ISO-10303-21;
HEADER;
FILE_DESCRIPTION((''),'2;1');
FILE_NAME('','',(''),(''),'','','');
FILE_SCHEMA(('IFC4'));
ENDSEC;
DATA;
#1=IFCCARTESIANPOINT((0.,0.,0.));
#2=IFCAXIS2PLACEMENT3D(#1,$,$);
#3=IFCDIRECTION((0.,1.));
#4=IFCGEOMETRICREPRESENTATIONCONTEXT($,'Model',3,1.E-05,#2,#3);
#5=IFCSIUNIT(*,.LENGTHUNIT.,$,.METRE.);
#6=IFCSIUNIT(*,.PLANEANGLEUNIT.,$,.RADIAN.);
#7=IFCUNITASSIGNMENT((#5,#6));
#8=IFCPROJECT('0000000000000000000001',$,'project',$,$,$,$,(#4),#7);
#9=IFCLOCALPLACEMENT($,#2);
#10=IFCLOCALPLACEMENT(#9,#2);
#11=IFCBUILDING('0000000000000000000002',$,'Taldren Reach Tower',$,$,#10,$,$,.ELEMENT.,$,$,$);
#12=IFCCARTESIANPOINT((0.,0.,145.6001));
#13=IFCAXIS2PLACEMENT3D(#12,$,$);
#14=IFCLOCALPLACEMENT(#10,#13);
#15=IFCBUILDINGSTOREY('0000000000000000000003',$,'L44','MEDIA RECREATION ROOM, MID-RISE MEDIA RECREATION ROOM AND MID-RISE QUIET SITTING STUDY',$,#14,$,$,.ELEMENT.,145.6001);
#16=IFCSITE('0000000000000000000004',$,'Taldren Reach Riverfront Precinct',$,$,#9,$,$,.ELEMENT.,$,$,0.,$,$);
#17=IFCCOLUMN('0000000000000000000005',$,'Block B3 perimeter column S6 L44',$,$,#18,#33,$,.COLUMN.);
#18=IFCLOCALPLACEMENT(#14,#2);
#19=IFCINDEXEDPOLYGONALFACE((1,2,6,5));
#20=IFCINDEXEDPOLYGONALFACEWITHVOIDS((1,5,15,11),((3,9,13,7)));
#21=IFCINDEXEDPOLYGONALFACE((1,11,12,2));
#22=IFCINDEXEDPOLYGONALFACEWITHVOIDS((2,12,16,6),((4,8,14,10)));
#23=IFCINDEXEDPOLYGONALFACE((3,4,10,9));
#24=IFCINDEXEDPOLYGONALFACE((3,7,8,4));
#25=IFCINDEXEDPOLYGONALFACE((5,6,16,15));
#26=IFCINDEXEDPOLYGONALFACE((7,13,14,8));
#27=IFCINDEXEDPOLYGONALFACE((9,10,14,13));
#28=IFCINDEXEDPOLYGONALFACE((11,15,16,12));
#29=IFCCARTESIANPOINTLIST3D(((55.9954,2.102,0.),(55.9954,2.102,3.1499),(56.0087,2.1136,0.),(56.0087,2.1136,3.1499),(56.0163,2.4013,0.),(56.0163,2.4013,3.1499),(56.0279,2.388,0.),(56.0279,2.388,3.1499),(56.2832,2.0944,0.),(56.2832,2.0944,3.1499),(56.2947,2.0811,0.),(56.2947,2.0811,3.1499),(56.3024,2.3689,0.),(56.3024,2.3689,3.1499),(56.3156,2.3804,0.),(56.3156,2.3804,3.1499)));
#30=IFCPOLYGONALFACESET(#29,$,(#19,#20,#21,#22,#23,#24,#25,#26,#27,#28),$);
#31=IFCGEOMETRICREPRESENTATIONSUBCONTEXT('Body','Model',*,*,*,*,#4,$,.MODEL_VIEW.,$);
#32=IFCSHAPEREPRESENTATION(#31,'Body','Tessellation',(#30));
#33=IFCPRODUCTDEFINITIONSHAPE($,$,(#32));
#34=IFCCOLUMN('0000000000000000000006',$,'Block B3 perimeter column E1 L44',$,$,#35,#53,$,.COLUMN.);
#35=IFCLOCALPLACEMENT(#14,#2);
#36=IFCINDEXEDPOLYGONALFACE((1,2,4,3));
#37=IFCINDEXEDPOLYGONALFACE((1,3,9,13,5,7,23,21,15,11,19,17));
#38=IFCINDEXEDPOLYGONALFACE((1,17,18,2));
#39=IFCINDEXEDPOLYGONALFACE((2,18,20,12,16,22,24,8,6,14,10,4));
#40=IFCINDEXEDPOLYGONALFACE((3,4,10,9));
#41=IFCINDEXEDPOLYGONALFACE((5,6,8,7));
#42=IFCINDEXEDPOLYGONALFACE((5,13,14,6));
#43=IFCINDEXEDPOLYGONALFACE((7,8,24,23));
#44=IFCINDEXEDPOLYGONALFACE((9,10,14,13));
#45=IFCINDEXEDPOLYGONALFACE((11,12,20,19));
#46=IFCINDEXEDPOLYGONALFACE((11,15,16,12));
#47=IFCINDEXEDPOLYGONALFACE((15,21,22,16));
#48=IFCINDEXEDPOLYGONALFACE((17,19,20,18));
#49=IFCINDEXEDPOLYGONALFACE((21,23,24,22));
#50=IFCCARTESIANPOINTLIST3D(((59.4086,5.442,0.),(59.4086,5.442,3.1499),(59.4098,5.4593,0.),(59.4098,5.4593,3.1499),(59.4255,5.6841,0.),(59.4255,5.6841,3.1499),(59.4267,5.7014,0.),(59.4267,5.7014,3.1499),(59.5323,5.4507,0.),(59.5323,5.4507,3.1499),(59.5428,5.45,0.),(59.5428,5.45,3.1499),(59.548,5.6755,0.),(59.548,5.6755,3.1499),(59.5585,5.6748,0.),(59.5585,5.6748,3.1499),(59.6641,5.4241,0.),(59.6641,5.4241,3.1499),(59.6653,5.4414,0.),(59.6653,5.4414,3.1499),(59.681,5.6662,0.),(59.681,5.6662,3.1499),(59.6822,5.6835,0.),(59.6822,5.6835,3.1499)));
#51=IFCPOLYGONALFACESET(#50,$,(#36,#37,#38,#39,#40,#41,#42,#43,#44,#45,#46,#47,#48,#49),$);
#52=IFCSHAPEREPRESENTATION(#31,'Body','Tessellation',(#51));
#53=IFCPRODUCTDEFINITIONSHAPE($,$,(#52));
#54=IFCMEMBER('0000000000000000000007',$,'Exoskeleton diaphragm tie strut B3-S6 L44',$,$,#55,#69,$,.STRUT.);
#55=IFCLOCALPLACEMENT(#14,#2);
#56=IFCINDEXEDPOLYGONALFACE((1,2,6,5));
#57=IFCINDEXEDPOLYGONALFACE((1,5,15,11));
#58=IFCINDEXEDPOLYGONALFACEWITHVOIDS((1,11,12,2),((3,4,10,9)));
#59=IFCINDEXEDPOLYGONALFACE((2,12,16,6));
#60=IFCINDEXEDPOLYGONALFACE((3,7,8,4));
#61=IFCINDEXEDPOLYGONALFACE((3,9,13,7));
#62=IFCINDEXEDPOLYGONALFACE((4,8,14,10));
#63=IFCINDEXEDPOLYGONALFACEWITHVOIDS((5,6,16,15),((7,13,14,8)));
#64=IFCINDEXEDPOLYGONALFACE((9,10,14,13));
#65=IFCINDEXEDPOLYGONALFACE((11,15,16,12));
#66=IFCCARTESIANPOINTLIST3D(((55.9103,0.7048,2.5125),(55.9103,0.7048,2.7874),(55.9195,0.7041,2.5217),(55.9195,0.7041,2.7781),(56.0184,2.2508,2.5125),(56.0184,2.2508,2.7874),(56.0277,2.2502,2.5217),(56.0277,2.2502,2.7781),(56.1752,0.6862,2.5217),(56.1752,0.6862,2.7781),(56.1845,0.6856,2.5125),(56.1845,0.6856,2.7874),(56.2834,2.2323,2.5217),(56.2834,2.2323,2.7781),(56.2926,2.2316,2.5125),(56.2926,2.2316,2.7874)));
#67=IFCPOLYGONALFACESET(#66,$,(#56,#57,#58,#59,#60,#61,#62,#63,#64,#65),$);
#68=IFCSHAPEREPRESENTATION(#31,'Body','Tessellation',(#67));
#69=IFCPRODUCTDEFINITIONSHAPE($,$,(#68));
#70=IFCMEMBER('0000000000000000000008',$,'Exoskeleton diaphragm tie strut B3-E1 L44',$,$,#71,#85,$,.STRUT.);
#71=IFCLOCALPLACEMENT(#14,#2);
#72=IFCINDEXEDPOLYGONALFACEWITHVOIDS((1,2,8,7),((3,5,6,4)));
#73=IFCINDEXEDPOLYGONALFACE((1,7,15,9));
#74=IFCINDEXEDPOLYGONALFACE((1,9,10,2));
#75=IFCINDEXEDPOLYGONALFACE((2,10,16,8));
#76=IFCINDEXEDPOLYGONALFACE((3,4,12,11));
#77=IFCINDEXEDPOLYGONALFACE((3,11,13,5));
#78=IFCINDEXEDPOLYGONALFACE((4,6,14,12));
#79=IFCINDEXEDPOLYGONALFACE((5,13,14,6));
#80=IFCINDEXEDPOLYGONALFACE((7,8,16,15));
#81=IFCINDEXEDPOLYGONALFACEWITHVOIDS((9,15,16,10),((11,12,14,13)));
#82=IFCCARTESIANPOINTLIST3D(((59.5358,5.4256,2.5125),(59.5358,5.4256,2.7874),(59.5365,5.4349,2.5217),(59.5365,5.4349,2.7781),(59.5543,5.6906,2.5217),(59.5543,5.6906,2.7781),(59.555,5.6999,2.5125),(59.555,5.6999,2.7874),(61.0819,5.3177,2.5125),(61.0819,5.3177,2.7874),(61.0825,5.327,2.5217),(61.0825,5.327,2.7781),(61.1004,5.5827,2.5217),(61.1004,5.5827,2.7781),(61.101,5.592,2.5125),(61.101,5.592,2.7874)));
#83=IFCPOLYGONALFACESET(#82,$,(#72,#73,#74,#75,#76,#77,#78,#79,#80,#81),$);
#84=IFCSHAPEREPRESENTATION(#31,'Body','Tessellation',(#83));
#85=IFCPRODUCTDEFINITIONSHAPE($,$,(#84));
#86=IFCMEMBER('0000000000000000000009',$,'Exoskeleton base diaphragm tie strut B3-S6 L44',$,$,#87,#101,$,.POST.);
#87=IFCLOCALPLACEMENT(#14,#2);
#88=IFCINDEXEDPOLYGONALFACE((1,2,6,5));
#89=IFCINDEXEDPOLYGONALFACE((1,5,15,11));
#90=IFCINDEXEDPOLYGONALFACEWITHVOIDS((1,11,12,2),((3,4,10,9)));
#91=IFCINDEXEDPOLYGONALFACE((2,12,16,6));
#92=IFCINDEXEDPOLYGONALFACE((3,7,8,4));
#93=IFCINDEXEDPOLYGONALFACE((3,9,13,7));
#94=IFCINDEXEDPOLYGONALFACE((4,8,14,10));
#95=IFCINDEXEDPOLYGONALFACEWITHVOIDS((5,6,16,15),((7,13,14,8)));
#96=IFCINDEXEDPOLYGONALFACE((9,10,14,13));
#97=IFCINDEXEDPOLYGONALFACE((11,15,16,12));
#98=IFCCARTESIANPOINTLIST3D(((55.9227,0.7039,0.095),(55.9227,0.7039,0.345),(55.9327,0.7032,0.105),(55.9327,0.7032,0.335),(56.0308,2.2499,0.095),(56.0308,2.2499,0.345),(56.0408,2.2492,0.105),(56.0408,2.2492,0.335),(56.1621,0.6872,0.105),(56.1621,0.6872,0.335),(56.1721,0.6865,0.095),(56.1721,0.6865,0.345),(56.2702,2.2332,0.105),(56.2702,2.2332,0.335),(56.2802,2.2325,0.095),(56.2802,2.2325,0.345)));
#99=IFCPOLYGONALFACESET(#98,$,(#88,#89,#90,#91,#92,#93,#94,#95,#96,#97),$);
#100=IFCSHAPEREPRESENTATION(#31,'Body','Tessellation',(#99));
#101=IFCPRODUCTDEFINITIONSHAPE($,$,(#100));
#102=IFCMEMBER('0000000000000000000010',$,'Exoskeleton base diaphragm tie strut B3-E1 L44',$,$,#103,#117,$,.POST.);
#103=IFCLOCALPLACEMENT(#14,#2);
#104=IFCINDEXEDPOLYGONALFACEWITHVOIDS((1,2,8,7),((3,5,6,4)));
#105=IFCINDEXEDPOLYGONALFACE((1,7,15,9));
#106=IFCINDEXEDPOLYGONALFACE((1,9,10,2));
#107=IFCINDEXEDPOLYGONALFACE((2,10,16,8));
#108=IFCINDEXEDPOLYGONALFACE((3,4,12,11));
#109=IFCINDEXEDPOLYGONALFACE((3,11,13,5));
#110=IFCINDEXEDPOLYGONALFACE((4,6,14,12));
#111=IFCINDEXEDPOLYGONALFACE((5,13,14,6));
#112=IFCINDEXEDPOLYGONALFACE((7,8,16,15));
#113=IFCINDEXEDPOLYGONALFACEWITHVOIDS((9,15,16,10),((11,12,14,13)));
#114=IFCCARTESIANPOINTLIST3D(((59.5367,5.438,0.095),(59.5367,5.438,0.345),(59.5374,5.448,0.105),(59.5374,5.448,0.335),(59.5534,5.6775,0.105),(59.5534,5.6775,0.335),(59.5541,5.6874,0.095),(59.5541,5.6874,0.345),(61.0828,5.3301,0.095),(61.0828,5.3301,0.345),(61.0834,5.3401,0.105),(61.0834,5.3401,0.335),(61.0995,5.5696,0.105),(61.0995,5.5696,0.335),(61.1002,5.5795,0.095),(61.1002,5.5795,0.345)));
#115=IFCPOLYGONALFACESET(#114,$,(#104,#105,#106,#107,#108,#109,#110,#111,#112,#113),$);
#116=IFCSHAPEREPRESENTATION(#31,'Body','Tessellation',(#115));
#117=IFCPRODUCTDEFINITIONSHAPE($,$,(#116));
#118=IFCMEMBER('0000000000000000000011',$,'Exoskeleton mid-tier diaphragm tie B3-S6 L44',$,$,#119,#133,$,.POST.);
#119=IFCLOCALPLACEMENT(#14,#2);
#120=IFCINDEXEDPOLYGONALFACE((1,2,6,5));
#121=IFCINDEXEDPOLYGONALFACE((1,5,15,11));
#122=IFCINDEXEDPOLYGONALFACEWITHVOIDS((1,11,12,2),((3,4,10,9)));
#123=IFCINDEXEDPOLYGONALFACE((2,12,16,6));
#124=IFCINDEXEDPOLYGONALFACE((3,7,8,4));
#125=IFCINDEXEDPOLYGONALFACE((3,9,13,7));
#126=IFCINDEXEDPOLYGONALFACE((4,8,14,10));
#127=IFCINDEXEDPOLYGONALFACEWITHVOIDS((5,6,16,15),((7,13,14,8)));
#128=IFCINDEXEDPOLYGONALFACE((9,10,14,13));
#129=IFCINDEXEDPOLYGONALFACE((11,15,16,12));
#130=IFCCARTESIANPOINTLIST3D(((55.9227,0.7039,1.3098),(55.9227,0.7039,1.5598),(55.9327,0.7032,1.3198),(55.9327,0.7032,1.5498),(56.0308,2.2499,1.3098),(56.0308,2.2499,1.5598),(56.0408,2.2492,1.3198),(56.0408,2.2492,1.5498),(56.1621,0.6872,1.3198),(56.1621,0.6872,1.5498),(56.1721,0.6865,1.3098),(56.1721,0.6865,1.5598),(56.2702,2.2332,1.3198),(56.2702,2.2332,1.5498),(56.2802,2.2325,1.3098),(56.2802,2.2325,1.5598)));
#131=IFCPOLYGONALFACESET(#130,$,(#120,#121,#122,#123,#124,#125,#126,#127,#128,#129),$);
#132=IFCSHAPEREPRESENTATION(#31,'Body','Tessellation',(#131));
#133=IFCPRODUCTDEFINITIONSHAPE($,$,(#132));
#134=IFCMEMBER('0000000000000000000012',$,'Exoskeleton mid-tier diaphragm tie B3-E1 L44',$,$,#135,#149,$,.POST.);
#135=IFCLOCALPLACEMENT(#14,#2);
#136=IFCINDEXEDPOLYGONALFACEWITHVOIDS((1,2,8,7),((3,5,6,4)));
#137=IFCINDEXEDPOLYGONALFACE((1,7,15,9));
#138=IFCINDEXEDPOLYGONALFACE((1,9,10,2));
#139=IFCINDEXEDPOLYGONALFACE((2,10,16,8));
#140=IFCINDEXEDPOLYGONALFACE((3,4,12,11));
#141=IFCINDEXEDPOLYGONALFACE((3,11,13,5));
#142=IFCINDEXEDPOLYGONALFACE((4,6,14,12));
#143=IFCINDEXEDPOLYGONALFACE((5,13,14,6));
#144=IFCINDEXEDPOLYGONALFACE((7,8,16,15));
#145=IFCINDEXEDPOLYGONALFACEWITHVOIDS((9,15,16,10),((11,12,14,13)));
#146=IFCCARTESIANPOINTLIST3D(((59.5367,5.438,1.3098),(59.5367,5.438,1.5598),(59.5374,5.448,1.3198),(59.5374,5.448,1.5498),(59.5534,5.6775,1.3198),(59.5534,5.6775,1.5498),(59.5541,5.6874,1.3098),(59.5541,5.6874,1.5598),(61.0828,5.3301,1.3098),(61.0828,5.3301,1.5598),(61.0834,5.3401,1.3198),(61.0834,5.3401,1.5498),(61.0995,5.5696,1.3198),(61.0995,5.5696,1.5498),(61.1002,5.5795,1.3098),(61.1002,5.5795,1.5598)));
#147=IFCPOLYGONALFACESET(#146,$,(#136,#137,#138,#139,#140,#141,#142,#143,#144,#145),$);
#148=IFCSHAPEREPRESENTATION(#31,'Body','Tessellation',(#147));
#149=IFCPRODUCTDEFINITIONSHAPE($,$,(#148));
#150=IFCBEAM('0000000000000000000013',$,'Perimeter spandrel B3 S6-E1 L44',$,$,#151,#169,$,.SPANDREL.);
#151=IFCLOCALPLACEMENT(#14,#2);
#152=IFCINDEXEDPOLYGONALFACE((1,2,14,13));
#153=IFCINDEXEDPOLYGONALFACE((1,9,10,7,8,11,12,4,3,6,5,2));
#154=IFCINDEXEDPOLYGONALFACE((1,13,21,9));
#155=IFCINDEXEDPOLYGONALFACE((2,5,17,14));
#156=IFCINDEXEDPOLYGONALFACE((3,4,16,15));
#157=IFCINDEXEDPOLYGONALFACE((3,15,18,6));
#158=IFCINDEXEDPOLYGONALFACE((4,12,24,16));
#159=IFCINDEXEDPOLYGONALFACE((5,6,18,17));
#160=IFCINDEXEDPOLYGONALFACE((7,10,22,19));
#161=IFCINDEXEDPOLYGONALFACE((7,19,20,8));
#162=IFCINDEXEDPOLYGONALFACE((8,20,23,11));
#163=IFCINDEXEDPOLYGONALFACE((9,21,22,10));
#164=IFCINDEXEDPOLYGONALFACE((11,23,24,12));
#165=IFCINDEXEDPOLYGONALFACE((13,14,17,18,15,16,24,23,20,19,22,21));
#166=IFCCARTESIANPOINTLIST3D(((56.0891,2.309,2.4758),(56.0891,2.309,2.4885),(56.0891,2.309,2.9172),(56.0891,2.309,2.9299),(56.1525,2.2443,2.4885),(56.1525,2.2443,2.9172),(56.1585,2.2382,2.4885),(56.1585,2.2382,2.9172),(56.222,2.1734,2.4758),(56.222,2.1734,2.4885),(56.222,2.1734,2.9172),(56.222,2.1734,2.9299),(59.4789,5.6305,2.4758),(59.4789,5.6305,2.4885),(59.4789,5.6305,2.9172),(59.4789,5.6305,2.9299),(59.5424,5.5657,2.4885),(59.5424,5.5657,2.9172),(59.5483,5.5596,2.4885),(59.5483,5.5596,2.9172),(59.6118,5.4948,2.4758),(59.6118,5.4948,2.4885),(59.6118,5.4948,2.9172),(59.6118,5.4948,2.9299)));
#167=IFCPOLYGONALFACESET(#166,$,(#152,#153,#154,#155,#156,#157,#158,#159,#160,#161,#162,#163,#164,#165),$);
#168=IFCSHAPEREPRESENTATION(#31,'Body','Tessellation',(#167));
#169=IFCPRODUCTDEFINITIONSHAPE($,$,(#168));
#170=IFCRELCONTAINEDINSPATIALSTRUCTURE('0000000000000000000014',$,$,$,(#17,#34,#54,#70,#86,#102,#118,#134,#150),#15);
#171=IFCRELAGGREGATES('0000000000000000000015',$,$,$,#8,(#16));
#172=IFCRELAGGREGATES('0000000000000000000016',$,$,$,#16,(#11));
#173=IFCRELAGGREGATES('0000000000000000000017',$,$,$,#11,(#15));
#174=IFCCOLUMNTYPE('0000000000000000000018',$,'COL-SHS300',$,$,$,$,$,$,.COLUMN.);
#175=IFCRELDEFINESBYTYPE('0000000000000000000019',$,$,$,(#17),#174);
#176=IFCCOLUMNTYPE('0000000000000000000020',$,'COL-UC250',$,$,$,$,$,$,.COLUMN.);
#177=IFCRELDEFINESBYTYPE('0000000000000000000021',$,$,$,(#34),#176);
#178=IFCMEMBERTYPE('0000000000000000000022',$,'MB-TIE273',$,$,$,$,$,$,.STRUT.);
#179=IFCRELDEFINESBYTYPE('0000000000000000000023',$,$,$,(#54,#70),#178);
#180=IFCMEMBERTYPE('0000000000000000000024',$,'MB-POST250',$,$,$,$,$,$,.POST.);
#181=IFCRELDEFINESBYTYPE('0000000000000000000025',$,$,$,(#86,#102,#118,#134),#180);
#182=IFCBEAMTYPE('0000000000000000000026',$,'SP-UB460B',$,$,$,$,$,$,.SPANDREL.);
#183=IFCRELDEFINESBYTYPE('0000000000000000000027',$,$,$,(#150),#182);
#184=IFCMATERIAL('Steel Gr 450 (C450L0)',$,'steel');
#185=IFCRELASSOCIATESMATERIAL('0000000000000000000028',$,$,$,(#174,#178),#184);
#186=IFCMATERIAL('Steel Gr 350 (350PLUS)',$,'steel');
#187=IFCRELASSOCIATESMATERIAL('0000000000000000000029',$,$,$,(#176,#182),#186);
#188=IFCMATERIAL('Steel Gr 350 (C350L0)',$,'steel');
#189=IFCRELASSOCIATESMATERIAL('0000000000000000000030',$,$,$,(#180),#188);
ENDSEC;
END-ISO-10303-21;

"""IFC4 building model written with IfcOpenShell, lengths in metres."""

from ifc_helpers import new_model, si_unit, direction, frame, origin, origin_2d, place, context, subcontext, project, spatial, hollow_rectangle, i_section, extrude, source, transform, mapped, material, material_profile, profile_set, type_object, element, save


model = new_model("IFC4")

# Units and contexts
model_context = context("Model", 3, precision=1e-05, world=origin(), true_north=direction((0.0, 1.0)))
body_context = subcontext(model_context, "Body", "Model", "MODEL_VIEW")
ifc_project = project(units=[si_unit("LENGTHUNIT", "METRE"), si_unit("PLANEANGLEUNIT", "RADIAN")], contexts=[model_context])

# Site, building, storey
site_placement = place(None, origin())
site = spatial("IfcSite", under=ifc_project, at=site_placement, Name="Taldren Reach Riverfront Precinct", CompositionType="ELEMENT", RefElevation=0.0)
building_placement = place(site_placement, origin())
building = spatial("IfcBuilding", under=site, at=building_placement, Name="Taldren Reach Tower", CompositionType="ELEMENT")
storey_placement = place(building_placement, frame((0.0, 0.0, 145.6001)))
storey = spatial("IfcBuildingStorey", under=building, at=storey_placement, Name="L44", Description="MEDIA RECREATION ROOM, MID-RISE MEDIA RECREATION ROOM AND MID-RISE QUIET SITTING STUDY", CompositionType="ELEMENT", Elevation=145.6001)

# Columns
ifc_material_1 = material(Name="Steel Gr 450 (C450L0)", Category="steel")
ifc_material_profile_1 = material_profile(ifc_material_1, hollow_rectangle(XDim=0.3, YDim=0.3, WallThickness=0.0125, at=origin_2d()), Name="300x300x12.5SHS")
ifc_profile_set_1 = profile_set([ifc_material_profile_1], Name="Steel Gr 450 (C450L0)")
column_type_1 = type_object("IfcColumnType", Name="COL-SHS300", PredefinedType="COLUMN", material=ifc_profile_set_1)
shared_shape_1 = source(origin(), body_context, "Body", "SweptSolid", [
    extrude(hollow_rectangle(XDim=0.3, YDim=0.3, WallThickness=0.0125, at=origin_2d()), origin(), (0.0, 0.0, 1.0), 3.1499),
])
column_1_placement = place(storey_placement, frame((56.1555, 2.2412, 0.0), z_axis=(0.0, 0.0, 1.0), x_axis=(0.997564, -0.069756, 0.0)))
element("IfcColumn", 1, at=column_1_placement, inside=storey, type_object=column_type_1, Name="Block B3 perimeter column S6 L44", PredefinedType="COLUMN", context=body_context, shape_type="MappedRepresentation", body=[
    mapped(shared_shape_1, transform((0.0, 0.0, 0.0), scale=1.0)),
])
ifc_material_2 = material(Name="Steel Gr 350 (350PLUS)", Category="steel")
ifc_material_profile_2 = material_profile(ifc_material_2, i_section(OverallWidth=0.2561, OverallDepth=0.26, WebThickness=0.0105, FlangeThickness=0.0173, at=origin_2d()), Name="250UC89.5")
ifc_profile_set_2 = profile_set([ifc_material_profile_2], Name="Steel Gr 350 (350PLUS)")
column_type_2 = type_object("IfcColumnType", Name="COL-UC250", PredefinedType="COLUMN", material=ifc_profile_set_2)
shared_shape_2 = source(origin(), body_context, "Body", "SweptSolid", [
    extrude(i_section(OverallWidth=0.2561, OverallDepth=0.26, WebThickness=0.0105, FlangeThickness=0.0173, at=origin_2d()), origin(), (0.0, 0.0, 1.0), 3.1499),
])
column_2_placement = place(storey_placement, frame((59.5454, 5.5627, 0.0), z_axis=(0.0, 0.0, 1.0), x_axis=(0.997564, -0.069756, 0.0)))
element("IfcColumn", 2, at=column_2_placement, inside=storey, type_object=column_type_2, Name="Block B3 perimeter column E1 L44", PredefinedType="COLUMN", context=body_context, shape_type="MappedRepresentation", body=[
    mapped(shared_shape_2, transform((0.0, 0.0, 0.0), scale=1.0)),
])

# Members
ifc_material_profile_3 = material_profile(ifc_material_1, hollow_rectangle(XDim=0.2749, YDim=0.2749, WallThickness=0.0093, at=origin_2d()), Name="275x275x9.3SHS")
ifc_profile_set_3 = profile_set([ifc_material_profile_3], Name="Steel Gr 450 (C450L0)")
member_type_1 = type_object("IfcMemberType", Name="MB-TIE273", PredefinedType="STRUT", material=ifc_profile_set_3)
shared_shape_3 = source(origin(), body_context, "Body", "SweptSolid", [
    extrude(hollow_rectangle(XDim=0.2749, YDim=0.2749, WallThickness=0.0093, at=origin_2d()), origin(), (0.0, 0.0, 1.0), 1.5498),
])
for number, where, z_axis, x_axis, name in (
    (3, (56.1555, 2.2412, 2.6499), (-0.069781, -0.997562, 0.0), (0.997562, -0.069781, 0.0), "Exoskeleton diaphragm tie strut B3-S6 L44"),
    (4, (59.5454, 5.5627, 2.6499), (0.997573, -0.069624, 0.0), (0.069624, 0.997573, 0.0), "Exoskeleton diaphragm tie strut B3-E1 L44"),
):
    element("IfcMember", number, at=place(storey_placement, frame(where, z_axis=z_axis, x_axis=x_axis)), inside=storey, type_object=member_type_1, Name=name, PredefinedType="STRUT", context=body_context, shape_type="MappedRepresentation", body=[
        mapped(shared_shape_3, transform((0.0, 0.0, 0.0), scale=1.0)),
    ])
ifc_material_3 = material(Name="Steel Gr 350 (C350L0)", Category="steel")
ifc_material_profile_4 = material_profile(ifc_material_3, hollow_rectangle(XDim=0.25, YDim=0.25, WallThickness=0.01, at=origin_2d()), Name="250x250x10.0SHS")
ifc_profile_set_4 = profile_set([ifc_material_profile_4], Name="Steel Gr 350 (C350L0)")
member_type_2 = type_object("IfcMemberType", Name="MB-POST250", PredefinedType="POST", material=ifc_profile_set_4)
shared_shape_4 = source(origin(), body_context, "Body", "SweptSolid", [
    extrude(hollow_rectangle(XDim=0.25, YDim=0.25, WallThickness=0.01, at=origin_2d()), origin(), (0.0, 0.0, 1.0), 1.5498),
])
for number, where, z_axis, x_axis, name in (
    (5, (56.1555, 2.2412, 0.22), (-0.069781, -0.997562, 0.0), (0.997562, -0.069781, 0.0), "Exoskeleton base diaphragm tie strut B3-S6 L44"),
    (6, (59.5454, 5.5627, 0.22), (0.997573, -0.069624, 0.0), (0.069624, 0.997573, 0.0), "Exoskeleton base diaphragm tie strut B3-E1 L44"),
    (7, (56.1555, 2.2412, 1.4348), (-0.069781, -0.997562, 0.0), (0.997562, -0.069781, 0.0), "Exoskeleton mid-tier diaphragm tie B3-S6 L44"),
    (8, (59.5454, 5.5627, 1.4348), (0.997573, -0.069624, 0.0), (0.069624, 0.997573, 0.0), "Exoskeleton mid-tier diaphragm tie B3-E1 L44"),
):
    element("IfcMember", number, at=place(storey_placement, frame(where, z_axis=z_axis, x_axis=x_axis)), inside=storey, type_object=member_type_2, Name=name, PredefinedType="POST", context=body_context, shape_type="MappedRepresentation", body=[
        mapped(shared_shape_4, transform((0.0, 0.0, 0.0), scale=1.0)),
    ])

# Beam
ifc_material_profile_5 = material_profile(ifc_material_2, i_section(OverallWidth=0.1899, OverallDepth=0.4541, WebThickness=0.0085, FlangeThickness=0.0127, at=origin_2d()), Name="460UB67.1")
ifc_profile_set_5 = profile_set([ifc_material_profile_5], Name="Steel Gr 350 (350PLUS)")
beam_type_1 = type_object("IfcBeamType", Name="SP-UB460B", PredefinedType="SPANDREL", material=ifc_profile_set_5)
shared_shape_5 = source(origin(), body_context, "Body", "SweptSolid", [
    extrude(i_section(OverallWidth=0.1899, OverallDepth=0.4541, WebThickness=0.0085, FlangeThickness=0.0127, at=origin_2d()), origin(), (0.0, 0.0, 1.0), 4.7458),
])
beam_1_placement = place(storey_placement, frame((56.1555, 2.2412, 2.7029), z_axis=(0.714272, 0.699868, 0.0), x_axis=(-0.699868, 0.714272, 0.0)))
element("IfcBeam", 9, at=beam_1_placement, inside=storey, type_object=beam_type_1, Name="Perimeter spandrel B3 S6-E1 L44", PredefinedType="SPANDREL", context=body_context, shape_type="MappedRepresentation", body=[
    mapped(shared_shape_5, transform((0.0, 0.0, 0.0), scale=1.0)),
])

save(model, "model.ifc")
